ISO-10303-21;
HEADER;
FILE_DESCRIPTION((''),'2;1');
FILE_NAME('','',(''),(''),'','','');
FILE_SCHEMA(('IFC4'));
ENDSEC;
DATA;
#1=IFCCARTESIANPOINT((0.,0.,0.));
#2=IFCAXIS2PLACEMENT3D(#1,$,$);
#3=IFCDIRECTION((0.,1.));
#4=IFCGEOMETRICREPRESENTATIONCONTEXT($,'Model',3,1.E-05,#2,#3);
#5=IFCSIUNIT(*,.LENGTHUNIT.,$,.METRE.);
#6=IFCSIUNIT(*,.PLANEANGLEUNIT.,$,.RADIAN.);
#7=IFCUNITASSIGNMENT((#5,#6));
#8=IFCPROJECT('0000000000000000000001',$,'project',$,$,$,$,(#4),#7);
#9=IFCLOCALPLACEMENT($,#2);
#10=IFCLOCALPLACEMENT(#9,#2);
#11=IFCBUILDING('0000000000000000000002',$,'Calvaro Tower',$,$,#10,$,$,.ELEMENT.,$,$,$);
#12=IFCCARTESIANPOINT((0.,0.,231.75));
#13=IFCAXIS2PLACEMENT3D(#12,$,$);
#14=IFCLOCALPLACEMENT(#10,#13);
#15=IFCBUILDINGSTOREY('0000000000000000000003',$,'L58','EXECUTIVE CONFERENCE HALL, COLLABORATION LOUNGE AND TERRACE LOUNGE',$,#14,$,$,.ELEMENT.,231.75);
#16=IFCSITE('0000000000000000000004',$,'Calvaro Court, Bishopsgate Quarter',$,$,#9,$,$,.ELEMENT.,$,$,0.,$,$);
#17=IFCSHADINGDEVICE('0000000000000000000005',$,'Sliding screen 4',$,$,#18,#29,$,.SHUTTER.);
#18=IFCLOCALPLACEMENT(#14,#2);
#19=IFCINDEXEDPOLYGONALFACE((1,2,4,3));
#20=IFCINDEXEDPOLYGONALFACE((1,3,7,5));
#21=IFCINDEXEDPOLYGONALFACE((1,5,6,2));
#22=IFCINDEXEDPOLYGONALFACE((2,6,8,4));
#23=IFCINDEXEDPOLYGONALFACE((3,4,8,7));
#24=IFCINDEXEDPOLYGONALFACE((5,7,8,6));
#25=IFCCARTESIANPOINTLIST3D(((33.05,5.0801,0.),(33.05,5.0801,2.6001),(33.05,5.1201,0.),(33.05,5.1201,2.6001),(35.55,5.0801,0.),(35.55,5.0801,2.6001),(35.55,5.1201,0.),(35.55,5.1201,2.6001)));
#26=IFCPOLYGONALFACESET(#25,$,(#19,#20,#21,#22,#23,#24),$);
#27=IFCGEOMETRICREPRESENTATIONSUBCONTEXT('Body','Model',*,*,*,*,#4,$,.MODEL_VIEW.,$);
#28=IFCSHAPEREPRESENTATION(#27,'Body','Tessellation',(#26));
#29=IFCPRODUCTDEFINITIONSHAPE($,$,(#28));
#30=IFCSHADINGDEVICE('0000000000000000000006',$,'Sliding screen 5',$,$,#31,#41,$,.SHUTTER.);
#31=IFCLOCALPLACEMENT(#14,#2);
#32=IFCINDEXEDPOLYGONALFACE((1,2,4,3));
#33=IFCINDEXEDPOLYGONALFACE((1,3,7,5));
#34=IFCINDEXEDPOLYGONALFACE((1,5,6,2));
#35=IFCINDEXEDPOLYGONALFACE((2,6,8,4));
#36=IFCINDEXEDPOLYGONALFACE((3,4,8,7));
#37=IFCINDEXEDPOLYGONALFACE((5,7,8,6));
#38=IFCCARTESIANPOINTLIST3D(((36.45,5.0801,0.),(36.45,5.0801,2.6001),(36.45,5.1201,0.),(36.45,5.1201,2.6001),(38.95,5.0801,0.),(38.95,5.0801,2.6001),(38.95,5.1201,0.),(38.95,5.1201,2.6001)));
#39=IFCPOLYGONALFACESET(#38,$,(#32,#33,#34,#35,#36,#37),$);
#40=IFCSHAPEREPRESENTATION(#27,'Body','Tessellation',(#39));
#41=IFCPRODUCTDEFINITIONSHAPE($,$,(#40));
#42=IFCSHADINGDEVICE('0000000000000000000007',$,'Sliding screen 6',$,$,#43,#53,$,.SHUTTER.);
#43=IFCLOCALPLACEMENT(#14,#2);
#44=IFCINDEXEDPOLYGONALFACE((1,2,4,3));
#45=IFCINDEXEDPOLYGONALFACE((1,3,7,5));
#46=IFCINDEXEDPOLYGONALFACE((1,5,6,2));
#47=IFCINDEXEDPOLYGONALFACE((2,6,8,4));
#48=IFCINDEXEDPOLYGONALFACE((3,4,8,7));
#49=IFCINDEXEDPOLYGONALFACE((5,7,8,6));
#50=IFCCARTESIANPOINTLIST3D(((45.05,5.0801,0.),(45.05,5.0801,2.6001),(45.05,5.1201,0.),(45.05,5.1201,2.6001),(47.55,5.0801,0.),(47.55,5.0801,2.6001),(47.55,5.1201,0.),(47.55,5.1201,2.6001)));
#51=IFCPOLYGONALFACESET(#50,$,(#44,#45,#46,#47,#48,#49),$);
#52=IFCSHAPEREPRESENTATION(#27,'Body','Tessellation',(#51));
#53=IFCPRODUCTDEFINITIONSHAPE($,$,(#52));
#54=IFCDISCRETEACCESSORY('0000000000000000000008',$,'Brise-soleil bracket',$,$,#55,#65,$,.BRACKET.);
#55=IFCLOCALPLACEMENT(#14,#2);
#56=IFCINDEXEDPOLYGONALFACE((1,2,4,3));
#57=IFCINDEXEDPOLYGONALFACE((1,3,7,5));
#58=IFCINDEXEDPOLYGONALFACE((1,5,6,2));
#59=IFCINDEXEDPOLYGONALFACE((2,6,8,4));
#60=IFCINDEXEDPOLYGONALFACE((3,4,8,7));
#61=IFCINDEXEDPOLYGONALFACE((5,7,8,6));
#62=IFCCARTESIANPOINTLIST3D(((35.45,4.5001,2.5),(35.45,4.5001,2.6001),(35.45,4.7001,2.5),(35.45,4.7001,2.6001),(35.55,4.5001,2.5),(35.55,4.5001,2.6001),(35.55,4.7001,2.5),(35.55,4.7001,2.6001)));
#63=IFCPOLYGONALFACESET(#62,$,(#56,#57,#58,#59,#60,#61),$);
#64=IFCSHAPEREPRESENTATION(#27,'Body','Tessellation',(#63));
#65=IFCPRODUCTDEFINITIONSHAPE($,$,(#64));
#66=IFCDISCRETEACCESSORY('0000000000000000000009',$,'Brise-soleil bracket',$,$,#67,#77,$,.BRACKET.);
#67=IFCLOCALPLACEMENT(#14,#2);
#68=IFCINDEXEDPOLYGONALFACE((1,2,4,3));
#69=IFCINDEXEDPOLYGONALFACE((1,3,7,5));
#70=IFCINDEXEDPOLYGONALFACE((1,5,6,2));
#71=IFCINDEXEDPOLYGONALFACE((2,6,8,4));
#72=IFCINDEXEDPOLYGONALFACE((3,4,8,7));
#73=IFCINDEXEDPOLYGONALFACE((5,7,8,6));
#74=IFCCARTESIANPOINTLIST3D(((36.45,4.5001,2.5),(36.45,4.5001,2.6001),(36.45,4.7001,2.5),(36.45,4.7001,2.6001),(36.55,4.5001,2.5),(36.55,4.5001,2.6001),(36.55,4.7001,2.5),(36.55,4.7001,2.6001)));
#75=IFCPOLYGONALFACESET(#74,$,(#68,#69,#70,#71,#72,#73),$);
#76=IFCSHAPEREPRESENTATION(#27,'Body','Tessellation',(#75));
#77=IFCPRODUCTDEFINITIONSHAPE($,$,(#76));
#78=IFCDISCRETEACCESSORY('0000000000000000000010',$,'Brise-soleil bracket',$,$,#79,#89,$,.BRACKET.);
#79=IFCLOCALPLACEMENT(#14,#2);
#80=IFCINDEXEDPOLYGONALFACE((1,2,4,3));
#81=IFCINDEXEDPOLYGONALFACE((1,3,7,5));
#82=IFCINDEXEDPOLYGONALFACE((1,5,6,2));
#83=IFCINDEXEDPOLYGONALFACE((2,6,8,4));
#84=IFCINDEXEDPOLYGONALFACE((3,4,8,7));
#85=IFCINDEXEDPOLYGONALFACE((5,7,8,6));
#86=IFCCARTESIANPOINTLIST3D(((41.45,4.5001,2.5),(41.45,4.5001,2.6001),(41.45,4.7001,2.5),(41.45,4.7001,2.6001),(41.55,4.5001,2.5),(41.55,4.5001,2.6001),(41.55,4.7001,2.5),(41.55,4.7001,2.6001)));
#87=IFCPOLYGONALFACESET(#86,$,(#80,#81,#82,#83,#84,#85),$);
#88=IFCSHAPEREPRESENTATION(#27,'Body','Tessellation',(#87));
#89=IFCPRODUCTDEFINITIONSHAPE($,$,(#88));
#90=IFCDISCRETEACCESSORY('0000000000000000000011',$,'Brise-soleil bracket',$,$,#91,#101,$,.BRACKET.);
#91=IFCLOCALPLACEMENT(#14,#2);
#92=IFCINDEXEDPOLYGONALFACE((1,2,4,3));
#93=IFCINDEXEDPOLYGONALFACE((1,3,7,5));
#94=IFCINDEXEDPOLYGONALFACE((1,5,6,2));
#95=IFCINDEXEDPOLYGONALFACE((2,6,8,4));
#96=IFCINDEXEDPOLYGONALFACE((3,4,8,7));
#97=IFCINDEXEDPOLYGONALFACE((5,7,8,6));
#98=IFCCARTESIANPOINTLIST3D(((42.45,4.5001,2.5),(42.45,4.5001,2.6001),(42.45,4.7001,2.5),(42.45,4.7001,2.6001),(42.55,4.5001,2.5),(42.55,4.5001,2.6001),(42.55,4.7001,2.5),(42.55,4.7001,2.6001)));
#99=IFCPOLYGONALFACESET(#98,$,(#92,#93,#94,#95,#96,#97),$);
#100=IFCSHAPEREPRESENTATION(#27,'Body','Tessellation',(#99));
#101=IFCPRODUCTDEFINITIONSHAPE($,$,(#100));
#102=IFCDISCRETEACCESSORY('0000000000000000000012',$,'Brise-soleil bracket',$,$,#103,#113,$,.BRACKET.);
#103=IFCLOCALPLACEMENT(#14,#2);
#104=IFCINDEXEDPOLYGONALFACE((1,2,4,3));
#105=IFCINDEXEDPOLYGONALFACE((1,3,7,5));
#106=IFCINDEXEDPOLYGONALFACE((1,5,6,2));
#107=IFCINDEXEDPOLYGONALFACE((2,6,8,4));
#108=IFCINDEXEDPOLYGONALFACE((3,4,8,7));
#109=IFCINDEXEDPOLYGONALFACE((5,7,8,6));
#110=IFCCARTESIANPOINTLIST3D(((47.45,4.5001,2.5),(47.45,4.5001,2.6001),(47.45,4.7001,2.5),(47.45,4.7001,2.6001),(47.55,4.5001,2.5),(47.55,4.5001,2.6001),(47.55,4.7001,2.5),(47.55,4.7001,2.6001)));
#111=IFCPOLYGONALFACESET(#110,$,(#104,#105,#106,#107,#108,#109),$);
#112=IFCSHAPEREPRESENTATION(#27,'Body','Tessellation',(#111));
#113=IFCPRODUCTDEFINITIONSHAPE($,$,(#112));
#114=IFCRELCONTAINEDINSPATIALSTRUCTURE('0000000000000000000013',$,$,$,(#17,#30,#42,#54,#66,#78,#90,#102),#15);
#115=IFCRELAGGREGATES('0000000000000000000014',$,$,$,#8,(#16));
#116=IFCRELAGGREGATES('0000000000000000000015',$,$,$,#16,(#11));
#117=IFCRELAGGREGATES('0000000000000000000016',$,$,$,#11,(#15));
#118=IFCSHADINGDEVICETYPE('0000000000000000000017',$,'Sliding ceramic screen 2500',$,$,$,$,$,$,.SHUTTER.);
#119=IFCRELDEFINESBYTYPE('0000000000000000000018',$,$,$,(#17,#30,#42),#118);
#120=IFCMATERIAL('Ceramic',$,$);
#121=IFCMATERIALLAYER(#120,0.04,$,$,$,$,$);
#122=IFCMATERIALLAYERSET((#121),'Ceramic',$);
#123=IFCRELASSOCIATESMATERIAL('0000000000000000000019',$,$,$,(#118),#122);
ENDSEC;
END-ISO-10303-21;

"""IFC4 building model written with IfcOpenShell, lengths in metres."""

from ifc_helpers import new_model, si_unit, direction, frame, origin, origin_2d, place, context, subcontext, project, spatial, rectangle, extrude, material, layer, layer_set, type_object, element, save


model = new_model("IFC4")

# Units and contexts
model_context = context("Model", 3, precision=1e-05, world=origin(), true_north=direction((0.0, 1.0)))
body_context = subcontext(model_context, "Body", "Model", "MODEL_VIEW")
ifc_project = project(units=[si_unit("LENGTHUNIT", "METRE"), si_unit("PLANEANGLEUNIT", "RADIAN")], contexts=[model_context])

# Site, building, storey
site_placement = place(None, origin())
site = spatial("IfcSite", under=ifc_project, at=site_placement, Name="Calvaro Court, Bishopsgate Quarter", CompositionType="ELEMENT", RefElevation=0.0)
building_placement = place(site_placement, origin())
building = spatial("IfcBuilding", under=site, at=building_placement, Name="Calvaro Tower", CompositionType="ELEMENT")
storey_placement = place(building_placement, frame((0.0, 0.0, 231.75)))
storey = spatial("IfcBuildingStorey", under=building, at=storey_placement, Name="L58", Description="EXECUTIVE CONFERENCE HALL, COLLABORATION LOUNGE AND TERRACE LOUNGE", CompositionType="ELEMENT", Elevation=231.75)

# Shading devices
ifc_material_1 = material(Name="Ceramic")
ifc_layer_1 = layer(ifc_material_1, 0.04)
ifc_layer_set_1 = layer_set([ifc_layer_1], Name="Ceramic")
shading_device_type_1 = type_object("IfcShadingDeviceType", Name="Sliding ceramic screen 2500", PredefinedType="SHUTTER", material=ifc_layer_set_1)
for number, where, z_axis, x_axis, name in (
    (1, (34.3, 5.1001, 0.0), (0.0, 0.0, 1.0), (1.0, 0.0, 0.0), "Sliding screen 4"),
    (2, (37.7, 5.1001, 0.0), (0.0, 0.0, 1.0), (1.0, 0.0, 0.0), "Sliding screen 5"),
    (3, (46.3, 5.1001, 0.0), (0.0, 0.0, 1.0), (1.0, 0.0, 0.0), "Sliding screen 6"),
):
    element("IfcShadingDevice", number, at=place(storey_placement, frame(where, z_axis=z_axis, x_axis=x_axis)), inside=storey, type_object=shading_device_type_1, Name=name, PredefinedType="SHUTTER", context=body_context, shape_type="SweptSolid", body=[
        extrude(rectangle(XDim=2.5, YDim=0.04, at=origin_2d()), origin(), (0.0, 0.0, 1.0), 2.6001),
    ])

# Discrete accessories
for number, where, z_axis, x_axis, name in (
    (4, (35.5, 4.6001, 2.5), (0.0, 0.0, 1.0), (1.0, 0.0, 0.0), "Brise-soleil bracket"),
    (5, (36.5, 4.6001, 2.5), (0.0, 0.0, 1.0), (1.0, 0.0, 0.0), "Brise-soleil bracket"),
    (6, (41.5, 4.6001, 2.5), (0.0, 0.0, 1.0), (1.0, 0.0, 0.0), "Brise-soleil bracket"),
    (7, (42.5, 4.6001, 2.5), (0.0, 0.0, 1.0), (1.0, 0.0, 0.0), "Brise-soleil bracket"),
    (8, (47.5, 4.6001, 2.5), (0.0, 0.0, 1.0), (1.0, 0.0, 0.0), "Brise-soleil bracket"),
):
    element("IfcDiscreteAccessory", number, at=place(storey_placement, frame(where, z_axis=z_axis, x_axis=x_axis)), inside=storey, Name=name, PredefinedType="BRACKET", context=body_context, shape_type="SweptSolid", body=[
        extrude(rectangle(XDim=0.1001, YDim=0.2, at=origin_2d()), origin(), (0.0, 0.0, 1.0), 0.1001),
    ])

save(model, "model.ifc")
